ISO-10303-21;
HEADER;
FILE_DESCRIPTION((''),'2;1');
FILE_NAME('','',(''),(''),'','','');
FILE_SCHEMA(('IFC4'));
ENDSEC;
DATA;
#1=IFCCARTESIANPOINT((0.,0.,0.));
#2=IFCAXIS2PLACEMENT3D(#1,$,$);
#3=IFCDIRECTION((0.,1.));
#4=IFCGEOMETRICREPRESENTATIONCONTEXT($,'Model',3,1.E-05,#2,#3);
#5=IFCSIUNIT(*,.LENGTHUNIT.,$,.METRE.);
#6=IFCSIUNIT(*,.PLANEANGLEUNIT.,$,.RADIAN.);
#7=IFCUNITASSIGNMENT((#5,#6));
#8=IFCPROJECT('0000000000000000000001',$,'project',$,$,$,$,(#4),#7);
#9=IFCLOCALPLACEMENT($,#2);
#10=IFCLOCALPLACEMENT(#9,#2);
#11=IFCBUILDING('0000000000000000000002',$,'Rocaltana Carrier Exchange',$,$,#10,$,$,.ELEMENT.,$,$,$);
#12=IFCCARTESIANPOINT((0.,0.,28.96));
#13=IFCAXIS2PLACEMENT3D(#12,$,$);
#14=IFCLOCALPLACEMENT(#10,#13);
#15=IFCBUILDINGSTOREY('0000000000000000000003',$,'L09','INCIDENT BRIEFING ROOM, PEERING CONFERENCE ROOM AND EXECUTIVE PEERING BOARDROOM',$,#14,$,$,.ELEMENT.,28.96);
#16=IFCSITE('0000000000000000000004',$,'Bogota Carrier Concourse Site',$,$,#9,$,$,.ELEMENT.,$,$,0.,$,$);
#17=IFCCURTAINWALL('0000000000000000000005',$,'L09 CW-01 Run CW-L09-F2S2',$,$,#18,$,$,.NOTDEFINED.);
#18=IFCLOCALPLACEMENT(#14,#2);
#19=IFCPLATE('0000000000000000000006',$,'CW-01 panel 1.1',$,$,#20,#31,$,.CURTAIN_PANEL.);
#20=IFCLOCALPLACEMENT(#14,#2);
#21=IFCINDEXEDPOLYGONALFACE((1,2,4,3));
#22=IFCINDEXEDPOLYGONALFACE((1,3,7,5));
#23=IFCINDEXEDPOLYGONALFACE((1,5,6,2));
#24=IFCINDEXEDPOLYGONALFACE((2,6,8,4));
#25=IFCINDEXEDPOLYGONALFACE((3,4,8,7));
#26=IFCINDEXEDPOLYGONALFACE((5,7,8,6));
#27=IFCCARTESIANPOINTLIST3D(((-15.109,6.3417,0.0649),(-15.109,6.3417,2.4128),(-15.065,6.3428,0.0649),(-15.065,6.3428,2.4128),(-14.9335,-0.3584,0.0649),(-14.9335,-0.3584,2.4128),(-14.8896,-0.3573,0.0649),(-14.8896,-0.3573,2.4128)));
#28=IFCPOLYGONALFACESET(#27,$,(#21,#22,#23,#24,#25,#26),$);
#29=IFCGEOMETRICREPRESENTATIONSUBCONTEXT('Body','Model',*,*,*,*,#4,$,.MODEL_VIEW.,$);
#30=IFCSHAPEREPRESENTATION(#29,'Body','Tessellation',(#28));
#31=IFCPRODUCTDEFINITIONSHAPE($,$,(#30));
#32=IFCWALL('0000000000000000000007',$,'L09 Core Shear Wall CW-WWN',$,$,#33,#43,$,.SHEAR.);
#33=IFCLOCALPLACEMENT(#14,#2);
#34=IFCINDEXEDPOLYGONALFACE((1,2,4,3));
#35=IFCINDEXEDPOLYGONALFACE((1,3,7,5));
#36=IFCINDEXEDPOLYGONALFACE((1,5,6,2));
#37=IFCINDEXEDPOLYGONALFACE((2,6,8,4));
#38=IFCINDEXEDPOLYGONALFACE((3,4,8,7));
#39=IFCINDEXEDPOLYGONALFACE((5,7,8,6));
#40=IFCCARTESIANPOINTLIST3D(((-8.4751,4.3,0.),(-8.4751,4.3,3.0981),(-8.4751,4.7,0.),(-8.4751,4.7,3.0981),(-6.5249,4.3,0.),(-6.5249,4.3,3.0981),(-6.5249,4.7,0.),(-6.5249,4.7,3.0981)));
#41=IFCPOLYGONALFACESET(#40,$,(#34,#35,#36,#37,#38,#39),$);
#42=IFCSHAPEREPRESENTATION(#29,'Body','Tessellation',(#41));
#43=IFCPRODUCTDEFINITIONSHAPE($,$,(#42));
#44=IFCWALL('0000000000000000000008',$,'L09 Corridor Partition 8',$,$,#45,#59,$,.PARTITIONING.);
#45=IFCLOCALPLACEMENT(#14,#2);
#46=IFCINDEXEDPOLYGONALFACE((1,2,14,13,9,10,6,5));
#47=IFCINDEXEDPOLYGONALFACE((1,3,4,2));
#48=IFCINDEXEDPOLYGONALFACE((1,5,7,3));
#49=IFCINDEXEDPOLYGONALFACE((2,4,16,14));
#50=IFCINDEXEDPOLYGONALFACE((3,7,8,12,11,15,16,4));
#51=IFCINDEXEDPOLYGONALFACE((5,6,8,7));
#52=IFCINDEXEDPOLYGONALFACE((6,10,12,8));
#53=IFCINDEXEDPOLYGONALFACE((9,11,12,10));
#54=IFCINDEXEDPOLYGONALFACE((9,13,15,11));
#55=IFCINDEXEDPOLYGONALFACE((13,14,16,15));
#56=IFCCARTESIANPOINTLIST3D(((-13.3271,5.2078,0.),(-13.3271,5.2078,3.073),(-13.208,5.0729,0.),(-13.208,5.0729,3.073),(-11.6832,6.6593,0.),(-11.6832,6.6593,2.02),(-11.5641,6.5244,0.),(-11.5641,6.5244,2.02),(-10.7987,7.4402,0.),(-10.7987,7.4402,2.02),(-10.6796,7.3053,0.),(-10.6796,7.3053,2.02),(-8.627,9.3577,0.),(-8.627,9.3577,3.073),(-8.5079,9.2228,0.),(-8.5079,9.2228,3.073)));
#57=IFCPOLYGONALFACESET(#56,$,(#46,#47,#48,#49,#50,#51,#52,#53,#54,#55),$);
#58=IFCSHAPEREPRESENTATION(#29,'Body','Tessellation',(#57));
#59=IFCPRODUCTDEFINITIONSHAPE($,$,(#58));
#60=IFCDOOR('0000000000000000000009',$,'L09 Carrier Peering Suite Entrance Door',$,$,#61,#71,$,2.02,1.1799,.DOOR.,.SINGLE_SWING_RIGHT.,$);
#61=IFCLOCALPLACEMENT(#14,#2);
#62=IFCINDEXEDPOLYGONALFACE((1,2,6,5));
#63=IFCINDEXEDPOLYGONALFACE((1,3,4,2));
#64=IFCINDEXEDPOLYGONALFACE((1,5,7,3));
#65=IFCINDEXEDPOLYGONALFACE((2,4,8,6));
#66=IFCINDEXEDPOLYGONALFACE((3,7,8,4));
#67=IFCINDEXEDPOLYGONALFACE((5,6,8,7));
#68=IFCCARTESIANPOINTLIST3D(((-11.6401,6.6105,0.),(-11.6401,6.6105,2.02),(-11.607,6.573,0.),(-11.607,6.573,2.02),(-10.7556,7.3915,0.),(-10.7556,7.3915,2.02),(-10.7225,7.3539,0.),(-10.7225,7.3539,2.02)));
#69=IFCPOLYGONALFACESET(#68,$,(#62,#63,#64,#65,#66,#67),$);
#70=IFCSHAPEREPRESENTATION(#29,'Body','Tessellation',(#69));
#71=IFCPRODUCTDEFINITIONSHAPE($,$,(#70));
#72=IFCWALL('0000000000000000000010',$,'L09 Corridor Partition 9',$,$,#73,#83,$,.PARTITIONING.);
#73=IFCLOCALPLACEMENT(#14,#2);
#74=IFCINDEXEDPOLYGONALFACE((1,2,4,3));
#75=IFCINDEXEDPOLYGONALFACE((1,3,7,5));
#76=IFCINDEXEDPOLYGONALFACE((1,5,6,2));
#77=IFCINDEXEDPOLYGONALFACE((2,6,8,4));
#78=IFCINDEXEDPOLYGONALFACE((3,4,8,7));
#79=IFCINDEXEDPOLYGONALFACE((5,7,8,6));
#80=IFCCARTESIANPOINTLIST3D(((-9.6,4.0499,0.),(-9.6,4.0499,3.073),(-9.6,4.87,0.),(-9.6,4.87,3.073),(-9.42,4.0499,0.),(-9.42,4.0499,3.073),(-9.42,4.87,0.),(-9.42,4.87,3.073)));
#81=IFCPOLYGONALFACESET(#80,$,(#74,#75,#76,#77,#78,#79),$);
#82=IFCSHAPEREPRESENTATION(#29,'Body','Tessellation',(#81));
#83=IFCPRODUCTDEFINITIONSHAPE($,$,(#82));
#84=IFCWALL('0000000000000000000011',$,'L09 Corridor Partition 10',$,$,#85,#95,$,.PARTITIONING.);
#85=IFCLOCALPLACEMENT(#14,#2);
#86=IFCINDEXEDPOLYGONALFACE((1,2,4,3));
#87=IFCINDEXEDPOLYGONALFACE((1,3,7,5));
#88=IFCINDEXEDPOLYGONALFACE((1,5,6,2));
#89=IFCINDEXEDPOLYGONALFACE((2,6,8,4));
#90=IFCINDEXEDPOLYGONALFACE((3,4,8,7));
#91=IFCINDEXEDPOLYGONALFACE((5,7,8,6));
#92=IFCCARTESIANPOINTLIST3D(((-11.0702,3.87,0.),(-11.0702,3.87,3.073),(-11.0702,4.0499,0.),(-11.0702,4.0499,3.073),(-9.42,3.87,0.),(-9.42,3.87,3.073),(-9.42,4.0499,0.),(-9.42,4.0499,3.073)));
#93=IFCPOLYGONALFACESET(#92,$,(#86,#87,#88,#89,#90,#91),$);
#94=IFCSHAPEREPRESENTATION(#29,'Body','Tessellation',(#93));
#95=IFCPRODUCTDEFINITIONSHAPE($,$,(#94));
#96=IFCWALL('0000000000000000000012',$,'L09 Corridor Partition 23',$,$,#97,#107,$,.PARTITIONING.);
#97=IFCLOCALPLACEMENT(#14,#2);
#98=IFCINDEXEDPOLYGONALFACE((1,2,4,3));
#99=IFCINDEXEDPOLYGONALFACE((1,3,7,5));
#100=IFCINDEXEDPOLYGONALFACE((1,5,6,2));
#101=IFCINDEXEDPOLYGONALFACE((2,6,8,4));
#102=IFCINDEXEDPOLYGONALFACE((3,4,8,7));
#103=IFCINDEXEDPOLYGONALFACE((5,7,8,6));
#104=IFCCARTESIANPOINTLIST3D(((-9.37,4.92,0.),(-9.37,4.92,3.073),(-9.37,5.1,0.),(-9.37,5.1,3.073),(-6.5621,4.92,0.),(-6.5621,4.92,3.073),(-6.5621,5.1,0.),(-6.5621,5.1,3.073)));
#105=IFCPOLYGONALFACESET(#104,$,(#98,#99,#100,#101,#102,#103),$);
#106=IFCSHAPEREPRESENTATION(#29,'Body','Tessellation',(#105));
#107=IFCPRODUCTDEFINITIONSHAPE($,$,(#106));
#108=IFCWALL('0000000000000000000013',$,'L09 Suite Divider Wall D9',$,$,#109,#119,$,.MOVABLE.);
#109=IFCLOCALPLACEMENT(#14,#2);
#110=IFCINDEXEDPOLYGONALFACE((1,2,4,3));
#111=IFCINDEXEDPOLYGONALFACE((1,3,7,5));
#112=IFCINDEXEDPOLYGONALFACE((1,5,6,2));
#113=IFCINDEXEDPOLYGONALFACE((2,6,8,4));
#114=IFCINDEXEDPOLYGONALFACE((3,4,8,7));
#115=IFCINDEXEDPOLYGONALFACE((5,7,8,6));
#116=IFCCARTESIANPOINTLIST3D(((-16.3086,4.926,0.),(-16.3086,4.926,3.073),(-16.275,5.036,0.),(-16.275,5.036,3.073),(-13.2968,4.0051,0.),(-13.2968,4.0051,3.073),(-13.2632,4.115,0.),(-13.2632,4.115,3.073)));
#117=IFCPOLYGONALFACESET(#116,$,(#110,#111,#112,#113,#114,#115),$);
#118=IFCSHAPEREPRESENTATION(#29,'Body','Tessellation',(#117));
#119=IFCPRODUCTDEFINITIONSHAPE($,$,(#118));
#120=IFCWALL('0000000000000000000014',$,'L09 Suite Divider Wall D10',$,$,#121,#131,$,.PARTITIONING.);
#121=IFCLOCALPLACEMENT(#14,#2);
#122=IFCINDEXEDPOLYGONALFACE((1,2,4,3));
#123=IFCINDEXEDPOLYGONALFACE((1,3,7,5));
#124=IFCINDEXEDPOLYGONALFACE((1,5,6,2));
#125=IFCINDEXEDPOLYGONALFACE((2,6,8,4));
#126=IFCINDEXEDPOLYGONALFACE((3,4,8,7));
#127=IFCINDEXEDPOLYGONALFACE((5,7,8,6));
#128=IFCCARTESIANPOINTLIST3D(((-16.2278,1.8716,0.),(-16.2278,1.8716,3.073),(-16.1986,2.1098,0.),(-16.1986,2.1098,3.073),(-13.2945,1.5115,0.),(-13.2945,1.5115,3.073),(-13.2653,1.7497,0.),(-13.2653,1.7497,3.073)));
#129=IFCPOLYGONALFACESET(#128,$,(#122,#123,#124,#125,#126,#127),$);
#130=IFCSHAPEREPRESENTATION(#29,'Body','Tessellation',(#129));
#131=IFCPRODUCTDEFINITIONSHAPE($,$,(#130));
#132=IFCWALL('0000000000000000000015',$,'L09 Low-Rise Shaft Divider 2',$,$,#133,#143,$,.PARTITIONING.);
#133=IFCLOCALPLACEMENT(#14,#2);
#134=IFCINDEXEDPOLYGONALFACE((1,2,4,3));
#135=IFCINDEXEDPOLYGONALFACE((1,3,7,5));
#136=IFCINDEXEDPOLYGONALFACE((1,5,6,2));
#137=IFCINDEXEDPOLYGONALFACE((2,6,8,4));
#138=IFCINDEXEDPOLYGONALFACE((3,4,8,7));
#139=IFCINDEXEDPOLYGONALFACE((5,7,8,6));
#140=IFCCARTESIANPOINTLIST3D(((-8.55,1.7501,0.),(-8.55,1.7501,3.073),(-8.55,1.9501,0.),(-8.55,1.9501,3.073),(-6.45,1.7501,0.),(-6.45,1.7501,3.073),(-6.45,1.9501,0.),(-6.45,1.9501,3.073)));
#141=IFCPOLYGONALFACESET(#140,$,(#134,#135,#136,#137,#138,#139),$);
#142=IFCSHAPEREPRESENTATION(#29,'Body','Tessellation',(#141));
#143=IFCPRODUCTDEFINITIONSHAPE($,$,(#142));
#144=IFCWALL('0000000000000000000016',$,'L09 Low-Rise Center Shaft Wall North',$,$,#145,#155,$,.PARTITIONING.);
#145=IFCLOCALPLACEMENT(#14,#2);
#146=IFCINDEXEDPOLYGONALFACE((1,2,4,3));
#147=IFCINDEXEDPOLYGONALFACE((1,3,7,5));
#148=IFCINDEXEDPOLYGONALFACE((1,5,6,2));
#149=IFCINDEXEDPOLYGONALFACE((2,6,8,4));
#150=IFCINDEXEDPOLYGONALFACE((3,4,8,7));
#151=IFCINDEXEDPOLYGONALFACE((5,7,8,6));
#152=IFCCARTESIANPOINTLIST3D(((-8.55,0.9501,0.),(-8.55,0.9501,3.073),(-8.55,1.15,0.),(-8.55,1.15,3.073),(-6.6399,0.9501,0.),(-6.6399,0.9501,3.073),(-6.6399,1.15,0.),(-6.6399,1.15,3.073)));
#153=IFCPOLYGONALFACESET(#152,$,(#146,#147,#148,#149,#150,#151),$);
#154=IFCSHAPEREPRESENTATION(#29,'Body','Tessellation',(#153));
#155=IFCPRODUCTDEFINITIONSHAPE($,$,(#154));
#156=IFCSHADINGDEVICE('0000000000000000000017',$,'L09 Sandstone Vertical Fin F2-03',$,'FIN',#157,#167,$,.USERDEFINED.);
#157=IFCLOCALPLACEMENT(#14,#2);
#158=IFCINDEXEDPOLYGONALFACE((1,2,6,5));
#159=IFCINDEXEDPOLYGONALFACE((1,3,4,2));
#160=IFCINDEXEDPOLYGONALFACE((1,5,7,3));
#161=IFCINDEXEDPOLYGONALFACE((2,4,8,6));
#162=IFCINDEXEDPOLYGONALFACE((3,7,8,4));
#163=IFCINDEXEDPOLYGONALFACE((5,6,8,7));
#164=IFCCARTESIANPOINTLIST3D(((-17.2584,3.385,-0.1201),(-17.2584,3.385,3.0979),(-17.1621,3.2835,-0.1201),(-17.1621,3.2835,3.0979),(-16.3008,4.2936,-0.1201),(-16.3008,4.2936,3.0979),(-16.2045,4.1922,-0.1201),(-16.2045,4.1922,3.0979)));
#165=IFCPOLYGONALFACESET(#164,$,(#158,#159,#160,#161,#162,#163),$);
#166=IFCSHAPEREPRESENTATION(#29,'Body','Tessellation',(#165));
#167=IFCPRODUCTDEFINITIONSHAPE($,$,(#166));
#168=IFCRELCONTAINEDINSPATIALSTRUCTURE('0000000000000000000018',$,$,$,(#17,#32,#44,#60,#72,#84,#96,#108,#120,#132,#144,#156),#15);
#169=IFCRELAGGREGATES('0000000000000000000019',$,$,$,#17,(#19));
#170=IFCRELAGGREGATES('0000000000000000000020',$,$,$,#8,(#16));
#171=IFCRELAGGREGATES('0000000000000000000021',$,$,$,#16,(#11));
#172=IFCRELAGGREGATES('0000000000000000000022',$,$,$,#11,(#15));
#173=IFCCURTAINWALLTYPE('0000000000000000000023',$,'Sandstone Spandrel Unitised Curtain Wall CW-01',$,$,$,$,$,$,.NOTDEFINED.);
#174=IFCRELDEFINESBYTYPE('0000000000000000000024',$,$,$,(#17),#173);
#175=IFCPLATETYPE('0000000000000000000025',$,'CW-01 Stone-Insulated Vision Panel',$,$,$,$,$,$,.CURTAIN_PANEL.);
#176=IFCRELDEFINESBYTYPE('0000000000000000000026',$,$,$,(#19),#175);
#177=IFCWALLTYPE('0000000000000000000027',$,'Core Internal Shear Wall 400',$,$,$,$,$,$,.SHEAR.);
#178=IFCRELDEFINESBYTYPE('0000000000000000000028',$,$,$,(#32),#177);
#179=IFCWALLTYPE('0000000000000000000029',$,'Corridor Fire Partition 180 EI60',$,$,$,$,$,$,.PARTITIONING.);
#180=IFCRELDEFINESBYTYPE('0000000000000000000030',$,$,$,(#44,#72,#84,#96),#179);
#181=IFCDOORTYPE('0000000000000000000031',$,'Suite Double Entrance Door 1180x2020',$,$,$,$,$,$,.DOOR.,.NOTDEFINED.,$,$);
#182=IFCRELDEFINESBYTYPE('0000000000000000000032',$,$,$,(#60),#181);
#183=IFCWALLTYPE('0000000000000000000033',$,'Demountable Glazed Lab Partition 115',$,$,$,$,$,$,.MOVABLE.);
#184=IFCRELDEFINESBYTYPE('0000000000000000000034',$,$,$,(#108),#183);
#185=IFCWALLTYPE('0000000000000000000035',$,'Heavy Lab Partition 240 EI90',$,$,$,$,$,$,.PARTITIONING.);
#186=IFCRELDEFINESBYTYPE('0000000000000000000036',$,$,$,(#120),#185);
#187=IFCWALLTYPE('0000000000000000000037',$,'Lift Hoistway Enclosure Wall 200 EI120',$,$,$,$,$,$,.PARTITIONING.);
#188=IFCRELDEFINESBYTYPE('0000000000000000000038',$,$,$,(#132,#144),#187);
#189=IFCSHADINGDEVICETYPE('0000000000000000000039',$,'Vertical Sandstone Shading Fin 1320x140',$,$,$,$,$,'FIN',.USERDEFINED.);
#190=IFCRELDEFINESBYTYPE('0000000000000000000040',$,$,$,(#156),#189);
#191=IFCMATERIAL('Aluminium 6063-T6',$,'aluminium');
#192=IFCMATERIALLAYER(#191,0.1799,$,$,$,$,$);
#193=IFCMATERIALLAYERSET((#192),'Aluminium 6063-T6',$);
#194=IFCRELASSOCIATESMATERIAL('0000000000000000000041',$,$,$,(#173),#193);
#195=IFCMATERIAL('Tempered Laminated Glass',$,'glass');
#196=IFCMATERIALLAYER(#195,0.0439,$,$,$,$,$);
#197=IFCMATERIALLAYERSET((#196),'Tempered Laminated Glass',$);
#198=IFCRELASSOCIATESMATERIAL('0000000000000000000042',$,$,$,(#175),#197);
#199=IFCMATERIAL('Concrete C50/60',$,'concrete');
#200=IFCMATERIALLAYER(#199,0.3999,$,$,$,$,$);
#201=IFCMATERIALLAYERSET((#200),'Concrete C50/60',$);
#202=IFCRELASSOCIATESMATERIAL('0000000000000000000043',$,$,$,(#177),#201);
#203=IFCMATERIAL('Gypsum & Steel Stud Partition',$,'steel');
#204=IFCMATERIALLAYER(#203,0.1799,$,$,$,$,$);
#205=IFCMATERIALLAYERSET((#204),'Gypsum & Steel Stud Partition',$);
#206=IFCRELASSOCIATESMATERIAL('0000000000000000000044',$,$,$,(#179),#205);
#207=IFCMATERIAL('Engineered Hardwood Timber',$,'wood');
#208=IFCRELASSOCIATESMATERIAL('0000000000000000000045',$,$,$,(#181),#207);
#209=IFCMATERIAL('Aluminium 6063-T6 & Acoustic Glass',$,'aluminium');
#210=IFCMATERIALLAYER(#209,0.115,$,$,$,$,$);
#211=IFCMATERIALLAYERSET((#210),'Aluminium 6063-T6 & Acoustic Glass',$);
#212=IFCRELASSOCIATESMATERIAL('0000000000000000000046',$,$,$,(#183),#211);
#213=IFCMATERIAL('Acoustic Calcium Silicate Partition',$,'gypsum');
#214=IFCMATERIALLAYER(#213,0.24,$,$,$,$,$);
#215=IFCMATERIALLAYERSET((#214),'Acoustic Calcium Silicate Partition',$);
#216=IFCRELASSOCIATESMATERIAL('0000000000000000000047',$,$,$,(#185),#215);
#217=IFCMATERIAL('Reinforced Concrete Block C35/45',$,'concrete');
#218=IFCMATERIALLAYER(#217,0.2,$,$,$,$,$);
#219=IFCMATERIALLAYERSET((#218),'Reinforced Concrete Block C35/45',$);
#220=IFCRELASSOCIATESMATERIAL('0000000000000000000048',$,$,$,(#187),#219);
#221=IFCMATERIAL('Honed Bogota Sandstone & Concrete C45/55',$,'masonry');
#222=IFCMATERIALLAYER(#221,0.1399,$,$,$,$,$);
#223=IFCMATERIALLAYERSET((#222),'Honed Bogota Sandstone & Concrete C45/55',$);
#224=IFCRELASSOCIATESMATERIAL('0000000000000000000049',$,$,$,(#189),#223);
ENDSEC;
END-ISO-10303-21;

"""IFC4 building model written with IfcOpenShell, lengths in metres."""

from ifc_helpers import new_model, si_unit, direction, frame, frame_2d, origin, origin_2d, place, context, subcontext, project, spatial, rectangle, extrude, material, layer, layer_set, type_object, element, fill, aggregate, save


model = new_model("IFC4")

# Units and contexts
model_context = context("Model", 3, precision=1e-05, world=origin(), true_north=direction((0.0, 1.0)))
body_context = subcontext(model_context, "Body", "Model", "MODEL_VIEW")
ifc_project = project(units=[si_unit("LENGTHUNIT", "METRE"), si_unit("PLANEANGLEUNIT", "RADIAN")], contexts=[model_context])

# Site, building, storey
site_placement = place(None, origin())
site = spatial("IfcSite", under=ifc_project, at=site_placement, Name="Bogota Carrier Concourse Site", CompositionType="ELEMENT", RefElevation=0.0)
building_placement = place(site_placement, origin())
building = spatial("IfcBuilding", under=site, at=building_placement, Name="Rocaltana Carrier Exchange", CompositionType="ELEMENT")
storey_placement = place(building_placement, frame((0.0, 0.0, 28.96)))
storey = spatial("IfcBuildingStorey", under=building, at=storey_placement, Name="L09", Description="INCIDENT BRIEFING ROOM, PEERING CONFERENCE ROOM AND EXECUTIVE PEERING BOARDROOM", CompositionType="ELEMENT", Elevation=28.96)

# Curtain wall
ifc_material_1 = material(Name="Aluminium 6063-T6", Category="aluminium")
ifc_layer_1 = layer(ifc_material_1, 0.1799)
ifc_layer_set_1 = layer_set([ifc_layer_1], Name="Aluminium 6063-T6")
curtain_wall_type = type_object("IfcCurtainWallType", Name="Sandstone Spandrel Unitised Curtain Wall CW-01", PredefinedType="NOTDEFINED", material=ifc_layer_set_1)
curtain_wall_placement = place(storey_placement, origin())
curtain_wall = element("IfcCurtainWall", 1, at=curtain_wall_placement, inside=storey, type_object=curtain_wall_type, Name="L09 CW-01 Run CW-L09-F2S2", PredefinedType="NOTDEFINED")

# Plate
ifc_material_2 = material(Name="Tempered Laminated Glass", Category="glass")
ifc_layer_2 = layer(ifc_material_2, 0.0439)
ifc_layer_set_2 = layer_set([ifc_layer_2], Name="Tempered Laminated Glass")
plate_type = type_object("IfcPlateType", Name="CW-01 Stone-Insulated Vision Panel", PredefinedType="CURTAIN_PANEL", material=ifc_layer_set_2)
plate_placement = place(storey_placement, frame((-14.9993, 2.9922, 0.0649), z_axis=(0.0, 0.0, 1.0), x_axis=(0.026177, -0.999657, 0.0)))
plate = element("IfcPlate", 2, at=plate_placement, type_object=plate_type, Name="CW-01 panel 1.1", PredefinedType="CURTAIN_PANEL", context=body_context, shape_type="SweptSolid", body=[
    extrude(rectangle(XDim=6.7024, YDim=0.0439, at=origin_2d()), origin(), (0.0, 0.0, 1.0), 2.3479),
])
aggregate(curtain_wall, [plate])

# Wall
ifc_material_3 = material(Name="Concrete C50/60", Category="concrete")
ifc_layer_3 = layer(ifc_material_3, 0.3999)
ifc_layer_set_3 = layer_set([ifc_layer_3], Name="Concrete C50/60")
wall_type_1 = type_object("IfcWallType", Name="Core Internal Shear Wall 400", PredefinedType="SHEAR", material=ifc_layer_set_3)
wall_1_placement = place(storey_placement, frame((-8.4751, 4.5, 0.0), z_axis=(0.0, 0.0, 1.0), x_axis=(1.0, 0.0, 0.0)))
element("IfcWall", 3, at=wall_1_placement, inside=storey, type_object=wall_type_1, Name="L09 Core Shear Wall CW-WWN", PredefinedType="SHEAR", context=body_context, shape_type="SweptSolid", body=[
    extrude(rectangle(XDim=1.9502, YDim=0.3999, at=frame_2d((0.9751, 0.0))), origin(), (0.0, 0.0, 1.0), 3.0981),
])

# Wall, opening, door
ifc_material_4 = material(Name="Gypsum & Steel Stud Partition", Category="steel")
ifc_layer_4 = layer(ifc_material_4, 0.1799)
ifc_layer_set_4 = layer_set([ifc_layer_4], Name="Gypsum & Steel Stud Partition")
wall_type_2 = type_object("IfcWallType", Name="Corridor Fire Partition 180 EI60", PredefinedType="PARTITIONING", material=ifc_layer_set_4)
wall_2_placement = place(storey_placement, frame((-13.2676, 5.1404, 0.0), z_axis=(0.0, 0.0, 1.0), x_axis=(0.749626, 0.661861, 0.0)))
wall_2 = element("IfcWall", 4, at=wall_2_placement, inside=storey, type_object=wall_type_2, Name="L09 Corridor Partition 8", PredefinedType="PARTITIONING", context=body_context, shape_type="SweptSolid", body=[
    extrude(rectangle(XDim=6.27, YDim=0.1799, at=frame_2d((3.135, 0.0))), origin(), (0.0, 0.0, 1.0), 3.073),
])
opening_placement = place(wall_2_placement, frame((2.1931, 0.0, 0.0)))
opening = element("IfcOpeningElement", 5, at=opening_placement, cuts=wall_2, PredefinedType="OPENING", context=body_context, shape_type="SweptSolid", body=[
    extrude(rectangle(XDim=1.1799, YDim=2.02, at=frame_2d((0.5898, 1.01))), frame((0.0, 0.0999, 0.0), z_axis=(0.0, -1.0, 0.0), x_axis=(1.0, 0.0, 0.0)), (0.0, 0.0, 1.0), 0.2),
])
ifc_material_5 = material(Name="Engineered Hardwood Timber", Category="wood")
door_type = type_object("IfcDoorType", Name="Suite Double Entrance Door 1180x2020", OperationType="NOTDEFINED", PredefinedType="DOOR", material=ifc_material_5)
door_placement = place(opening_placement, origin())
door = element("IfcDoor", 6, at=door_placement, inside=storey, type_object=door_type, Name="L09 Carrier Peering Suite Entrance Door", OperationType="SINGLE_SWING_RIGHT", OverallHeight=2.02, OverallWidth=1.1799, PredefinedType="DOOR", context=body_context, shape_type="SweptSolid", body=[
    extrude(rectangle(XDim=1.1799, YDim=2.02, at=frame_2d((0.5898, 1.01))), frame((0.0, 0.0249, 0.0), z_axis=(0.0, -1.0, 0.0), x_axis=(1.0, 0.0, 0.0)), (0.0, 0.0, 1.0), 0.05),
])
fill(opening, door)

# Walls
wall_3_placement = place(storey_placement, frame((-9.51, 4.8701, 0.0), z_axis=(0.0, 0.0, 1.0), x_axis=(0.0, -1.0, 0.0)))
element("IfcWall", 7, at=wall_3_placement, inside=storey, type_object=wall_type_2, Name="L09 Corridor Partition 9", PredefinedType="PARTITIONING", context=body_context, shape_type="SweptSolid", body=[
    extrude(rectangle(XDim=0.8201, YDim=0.1799, at=frame_2d((0.4102, 0.0))), origin(), (0.0, 0.0, 1.0), 3.073),
])
wall_4_placement = place(storey_placement, frame((-9.4199, 3.96, 0.0), z_axis=(0.0, 0.0, 1.0), x_axis=(-1.0, 0.0, 0.0)))
element("IfcWall", 8, at=wall_4_placement, inside=storey, type_object=wall_type_2, Name="L09 Corridor Partition 10", PredefinedType="PARTITIONING", context=body_context, shape_type="SweptSolid", body=[
    extrude(rectangle(XDim=1.6501, YDim=0.1799, at=frame_2d((0.8252, 0.0))), origin(), (0.0, 0.0, 1.0), 3.073),
])
wall_5_placement = place(storey_placement, frame((-6.5623, 5.01, 0.0), z_axis=(0.0, 0.0, 1.0), x_axis=(-1.0, 0.0, 0.0)))
element("IfcWall", 9, at=wall_5_placement, inside=storey, type_object=wall_type_2, Name="L09 Corridor Partition 23", PredefinedType="PARTITIONING", context=body_context, shape_type="SweptSolid", body=[
    extrude(rectangle(XDim=2.8079, YDim=0.1799, at=frame_2d((1.4038, 0.0))), origin(), (0.0, 0.0, 1.0), 3.073),
])
ifc_material_6 = material(Name="Aluminium 6063-T6 & Acoustic Glass", Category="aluminium")
ifc_layer_5 = layer(ifc_material_6, 0.115)
ifc_layer_set_5 = layer_set([ifc_layer_5], Name="Aluminium 6063-T6 & Acoustic Glass")
wall_type_3 = type_object("IfcWallType", Name="Demountable Glazed Lab Partition 115", PredefinedType="MOVABLE", material=ifc_layer_set_5)
wall_6_placement = place(storey_placement, frame((-13.28, 4.0601, 0.0), z_axis=(0.0, 0.0, 1.0), x_axis=(-0.956294, 0.292408, 0.0)))
element("IfcWall", 10, at=wall_6_placement, inside=storey, type_object=wall_type_3, Name="L09 Suite Divider Wall D9", PredefinedType="MOVABLE", context=body_context, shape_type="SweptSolid", body=[
    extrude(rectangle(XDim=3.1494, YDim=0.115, at=frame_2d((1.5747, 0.0))), origin(), (0.0, 0.0, 1.0), 3.073),
])
ifc_material_7 = material(Name="Acoustic Calcium Silicate Partition", Category="gypsum")
ifc_layer_6 = layer(ifc_material_7, 0.24)
ifc_layer_set_6 = layer_set([ifc_layer_6], Name="Acoustic Calcium Silicate Partition")
wall_type_4 = type_object("IfcWallType", Name="Heavy Lab Partition 240 EI90", PredefinedType="PARTITIONING", material=ifc_layer_set_6)
wall_7_placement = place(storey_placement, frame((-13.28, 1.6306, 0.0), z_axis=(0.0, 0.0, 1.0), x_axis=(-0.992549, 0.121848, 0.0)))
element("IfcWall", 11, at=wall_7_placement, inside=storey, type_object=wall_type_4, Name="L09 Suite Divider Wall D10", PredefinedType="PARTITIONING", context=body_context, shape_type="SweptSolid", body=[
    extrude(rectangle(XDim=2.9553, YDim=0.24, at=frame_2d((1.4775, 0.0))), origin(), (0.0, 0.0, 1.0), 3.073),
])
ifc_material_8 = material(Name="Reinforced Concrete Block C35/45", Category="concrete")
ifc_layer_7 = layer(ifc_material_8, 0.2)
ifc_layer_set_7 = layer_set([ifc_layer_7], Name="Reinforced Concrete Block C35/45")
wall_type_5 = type_object("IfcWallType", Name="Lift Hoistway Enclosure Wall 200 EI120", PredefinedType="PARTITIONING", material=ifc_layer_set_7)
wall_8_placement = place(storey_placement, frame((-8.55, 1.8501, 0.0), z_axis=(0.0, 0.0, 1.0), x_axis=(1.0, 0.0, 0.0)))
element("IfcWall", 12, at=wall_8_placement, inside=storey, type_object=wall_type_5, Name="L09 Low-Rise Shaft Divider 2", PredefinedType="PARTITIONING", context=body_context, shape_type="SweptSolid", body=[
    extrude(rectangle(XDim=2.1001, YDim=0.2, at=frame_2d((1.05, 0.0))), origin(), (0.0, 0.0, 1.0), 3.073),
])
wall_9_placement = place(storey_placement, frame((-8.55, 1.05, 0.0), z_axis=(0.0, 0.0, 1.0), x_axis=(1.0, 0.0, 0.0)))
element("IfcWall", 13, at=wall_9_placement, inside=storey, type_object=wall_type_5, Name="L09 Low-Rise Center Shaft Wall North", PredefinedType="PARTITIONING", context=body_context, shape_type="SweptSolid", body=[
    extrude(rectangle(XDim=1.9102, YDim=0.2, at=frame_2d((0.9551, 0.0))), origin(), (0.0, 0.0, 1.0), 3.073),
])

# Shading device
ifc_material_9 = material(Name="Honed Bogota Sandstone & Concrete C45/55", Category="masonry")
ifc_layer_8 = layer(ifc_material_9, 0.1399)
ifc_layer_set_8 = layer_set([ifc_layer_8], Name="Honed Bogota Sandstone & Concrete C45/55")
shading_device_type = type_object("IfcShadingDeviceType", Name="Vertical Sandstone Shading Fin 1320x140", ElementType="FIN", PredefinedType="USERDEFINED", material=ifc_layer_set_8)
shading_device_placement = place(storey_placement, frame((-16.7314, 3.7886, -0.1201), z_axis=(0.0, 0.0, 1.0), x_axis=(-0.725374, -0.688355, 0.0)))
element("IfcShadingDevice", 14, at=shading_device_placement, inside=storey, type_object=shading_device_type, Name="L09 Sandstone Vertical Fin F2-03", ObjectType="FIN", PredefinedType="USERDEFINED", context=body_context, shape_type="SweptSolid", body=[
    extrude(rectangle(XDim=1.3201, YDim=0.1399, at=origin_2d()), origin(), (0.0, 0.0, 1.0), 3.218),
])

save(model, "model.ifc")
